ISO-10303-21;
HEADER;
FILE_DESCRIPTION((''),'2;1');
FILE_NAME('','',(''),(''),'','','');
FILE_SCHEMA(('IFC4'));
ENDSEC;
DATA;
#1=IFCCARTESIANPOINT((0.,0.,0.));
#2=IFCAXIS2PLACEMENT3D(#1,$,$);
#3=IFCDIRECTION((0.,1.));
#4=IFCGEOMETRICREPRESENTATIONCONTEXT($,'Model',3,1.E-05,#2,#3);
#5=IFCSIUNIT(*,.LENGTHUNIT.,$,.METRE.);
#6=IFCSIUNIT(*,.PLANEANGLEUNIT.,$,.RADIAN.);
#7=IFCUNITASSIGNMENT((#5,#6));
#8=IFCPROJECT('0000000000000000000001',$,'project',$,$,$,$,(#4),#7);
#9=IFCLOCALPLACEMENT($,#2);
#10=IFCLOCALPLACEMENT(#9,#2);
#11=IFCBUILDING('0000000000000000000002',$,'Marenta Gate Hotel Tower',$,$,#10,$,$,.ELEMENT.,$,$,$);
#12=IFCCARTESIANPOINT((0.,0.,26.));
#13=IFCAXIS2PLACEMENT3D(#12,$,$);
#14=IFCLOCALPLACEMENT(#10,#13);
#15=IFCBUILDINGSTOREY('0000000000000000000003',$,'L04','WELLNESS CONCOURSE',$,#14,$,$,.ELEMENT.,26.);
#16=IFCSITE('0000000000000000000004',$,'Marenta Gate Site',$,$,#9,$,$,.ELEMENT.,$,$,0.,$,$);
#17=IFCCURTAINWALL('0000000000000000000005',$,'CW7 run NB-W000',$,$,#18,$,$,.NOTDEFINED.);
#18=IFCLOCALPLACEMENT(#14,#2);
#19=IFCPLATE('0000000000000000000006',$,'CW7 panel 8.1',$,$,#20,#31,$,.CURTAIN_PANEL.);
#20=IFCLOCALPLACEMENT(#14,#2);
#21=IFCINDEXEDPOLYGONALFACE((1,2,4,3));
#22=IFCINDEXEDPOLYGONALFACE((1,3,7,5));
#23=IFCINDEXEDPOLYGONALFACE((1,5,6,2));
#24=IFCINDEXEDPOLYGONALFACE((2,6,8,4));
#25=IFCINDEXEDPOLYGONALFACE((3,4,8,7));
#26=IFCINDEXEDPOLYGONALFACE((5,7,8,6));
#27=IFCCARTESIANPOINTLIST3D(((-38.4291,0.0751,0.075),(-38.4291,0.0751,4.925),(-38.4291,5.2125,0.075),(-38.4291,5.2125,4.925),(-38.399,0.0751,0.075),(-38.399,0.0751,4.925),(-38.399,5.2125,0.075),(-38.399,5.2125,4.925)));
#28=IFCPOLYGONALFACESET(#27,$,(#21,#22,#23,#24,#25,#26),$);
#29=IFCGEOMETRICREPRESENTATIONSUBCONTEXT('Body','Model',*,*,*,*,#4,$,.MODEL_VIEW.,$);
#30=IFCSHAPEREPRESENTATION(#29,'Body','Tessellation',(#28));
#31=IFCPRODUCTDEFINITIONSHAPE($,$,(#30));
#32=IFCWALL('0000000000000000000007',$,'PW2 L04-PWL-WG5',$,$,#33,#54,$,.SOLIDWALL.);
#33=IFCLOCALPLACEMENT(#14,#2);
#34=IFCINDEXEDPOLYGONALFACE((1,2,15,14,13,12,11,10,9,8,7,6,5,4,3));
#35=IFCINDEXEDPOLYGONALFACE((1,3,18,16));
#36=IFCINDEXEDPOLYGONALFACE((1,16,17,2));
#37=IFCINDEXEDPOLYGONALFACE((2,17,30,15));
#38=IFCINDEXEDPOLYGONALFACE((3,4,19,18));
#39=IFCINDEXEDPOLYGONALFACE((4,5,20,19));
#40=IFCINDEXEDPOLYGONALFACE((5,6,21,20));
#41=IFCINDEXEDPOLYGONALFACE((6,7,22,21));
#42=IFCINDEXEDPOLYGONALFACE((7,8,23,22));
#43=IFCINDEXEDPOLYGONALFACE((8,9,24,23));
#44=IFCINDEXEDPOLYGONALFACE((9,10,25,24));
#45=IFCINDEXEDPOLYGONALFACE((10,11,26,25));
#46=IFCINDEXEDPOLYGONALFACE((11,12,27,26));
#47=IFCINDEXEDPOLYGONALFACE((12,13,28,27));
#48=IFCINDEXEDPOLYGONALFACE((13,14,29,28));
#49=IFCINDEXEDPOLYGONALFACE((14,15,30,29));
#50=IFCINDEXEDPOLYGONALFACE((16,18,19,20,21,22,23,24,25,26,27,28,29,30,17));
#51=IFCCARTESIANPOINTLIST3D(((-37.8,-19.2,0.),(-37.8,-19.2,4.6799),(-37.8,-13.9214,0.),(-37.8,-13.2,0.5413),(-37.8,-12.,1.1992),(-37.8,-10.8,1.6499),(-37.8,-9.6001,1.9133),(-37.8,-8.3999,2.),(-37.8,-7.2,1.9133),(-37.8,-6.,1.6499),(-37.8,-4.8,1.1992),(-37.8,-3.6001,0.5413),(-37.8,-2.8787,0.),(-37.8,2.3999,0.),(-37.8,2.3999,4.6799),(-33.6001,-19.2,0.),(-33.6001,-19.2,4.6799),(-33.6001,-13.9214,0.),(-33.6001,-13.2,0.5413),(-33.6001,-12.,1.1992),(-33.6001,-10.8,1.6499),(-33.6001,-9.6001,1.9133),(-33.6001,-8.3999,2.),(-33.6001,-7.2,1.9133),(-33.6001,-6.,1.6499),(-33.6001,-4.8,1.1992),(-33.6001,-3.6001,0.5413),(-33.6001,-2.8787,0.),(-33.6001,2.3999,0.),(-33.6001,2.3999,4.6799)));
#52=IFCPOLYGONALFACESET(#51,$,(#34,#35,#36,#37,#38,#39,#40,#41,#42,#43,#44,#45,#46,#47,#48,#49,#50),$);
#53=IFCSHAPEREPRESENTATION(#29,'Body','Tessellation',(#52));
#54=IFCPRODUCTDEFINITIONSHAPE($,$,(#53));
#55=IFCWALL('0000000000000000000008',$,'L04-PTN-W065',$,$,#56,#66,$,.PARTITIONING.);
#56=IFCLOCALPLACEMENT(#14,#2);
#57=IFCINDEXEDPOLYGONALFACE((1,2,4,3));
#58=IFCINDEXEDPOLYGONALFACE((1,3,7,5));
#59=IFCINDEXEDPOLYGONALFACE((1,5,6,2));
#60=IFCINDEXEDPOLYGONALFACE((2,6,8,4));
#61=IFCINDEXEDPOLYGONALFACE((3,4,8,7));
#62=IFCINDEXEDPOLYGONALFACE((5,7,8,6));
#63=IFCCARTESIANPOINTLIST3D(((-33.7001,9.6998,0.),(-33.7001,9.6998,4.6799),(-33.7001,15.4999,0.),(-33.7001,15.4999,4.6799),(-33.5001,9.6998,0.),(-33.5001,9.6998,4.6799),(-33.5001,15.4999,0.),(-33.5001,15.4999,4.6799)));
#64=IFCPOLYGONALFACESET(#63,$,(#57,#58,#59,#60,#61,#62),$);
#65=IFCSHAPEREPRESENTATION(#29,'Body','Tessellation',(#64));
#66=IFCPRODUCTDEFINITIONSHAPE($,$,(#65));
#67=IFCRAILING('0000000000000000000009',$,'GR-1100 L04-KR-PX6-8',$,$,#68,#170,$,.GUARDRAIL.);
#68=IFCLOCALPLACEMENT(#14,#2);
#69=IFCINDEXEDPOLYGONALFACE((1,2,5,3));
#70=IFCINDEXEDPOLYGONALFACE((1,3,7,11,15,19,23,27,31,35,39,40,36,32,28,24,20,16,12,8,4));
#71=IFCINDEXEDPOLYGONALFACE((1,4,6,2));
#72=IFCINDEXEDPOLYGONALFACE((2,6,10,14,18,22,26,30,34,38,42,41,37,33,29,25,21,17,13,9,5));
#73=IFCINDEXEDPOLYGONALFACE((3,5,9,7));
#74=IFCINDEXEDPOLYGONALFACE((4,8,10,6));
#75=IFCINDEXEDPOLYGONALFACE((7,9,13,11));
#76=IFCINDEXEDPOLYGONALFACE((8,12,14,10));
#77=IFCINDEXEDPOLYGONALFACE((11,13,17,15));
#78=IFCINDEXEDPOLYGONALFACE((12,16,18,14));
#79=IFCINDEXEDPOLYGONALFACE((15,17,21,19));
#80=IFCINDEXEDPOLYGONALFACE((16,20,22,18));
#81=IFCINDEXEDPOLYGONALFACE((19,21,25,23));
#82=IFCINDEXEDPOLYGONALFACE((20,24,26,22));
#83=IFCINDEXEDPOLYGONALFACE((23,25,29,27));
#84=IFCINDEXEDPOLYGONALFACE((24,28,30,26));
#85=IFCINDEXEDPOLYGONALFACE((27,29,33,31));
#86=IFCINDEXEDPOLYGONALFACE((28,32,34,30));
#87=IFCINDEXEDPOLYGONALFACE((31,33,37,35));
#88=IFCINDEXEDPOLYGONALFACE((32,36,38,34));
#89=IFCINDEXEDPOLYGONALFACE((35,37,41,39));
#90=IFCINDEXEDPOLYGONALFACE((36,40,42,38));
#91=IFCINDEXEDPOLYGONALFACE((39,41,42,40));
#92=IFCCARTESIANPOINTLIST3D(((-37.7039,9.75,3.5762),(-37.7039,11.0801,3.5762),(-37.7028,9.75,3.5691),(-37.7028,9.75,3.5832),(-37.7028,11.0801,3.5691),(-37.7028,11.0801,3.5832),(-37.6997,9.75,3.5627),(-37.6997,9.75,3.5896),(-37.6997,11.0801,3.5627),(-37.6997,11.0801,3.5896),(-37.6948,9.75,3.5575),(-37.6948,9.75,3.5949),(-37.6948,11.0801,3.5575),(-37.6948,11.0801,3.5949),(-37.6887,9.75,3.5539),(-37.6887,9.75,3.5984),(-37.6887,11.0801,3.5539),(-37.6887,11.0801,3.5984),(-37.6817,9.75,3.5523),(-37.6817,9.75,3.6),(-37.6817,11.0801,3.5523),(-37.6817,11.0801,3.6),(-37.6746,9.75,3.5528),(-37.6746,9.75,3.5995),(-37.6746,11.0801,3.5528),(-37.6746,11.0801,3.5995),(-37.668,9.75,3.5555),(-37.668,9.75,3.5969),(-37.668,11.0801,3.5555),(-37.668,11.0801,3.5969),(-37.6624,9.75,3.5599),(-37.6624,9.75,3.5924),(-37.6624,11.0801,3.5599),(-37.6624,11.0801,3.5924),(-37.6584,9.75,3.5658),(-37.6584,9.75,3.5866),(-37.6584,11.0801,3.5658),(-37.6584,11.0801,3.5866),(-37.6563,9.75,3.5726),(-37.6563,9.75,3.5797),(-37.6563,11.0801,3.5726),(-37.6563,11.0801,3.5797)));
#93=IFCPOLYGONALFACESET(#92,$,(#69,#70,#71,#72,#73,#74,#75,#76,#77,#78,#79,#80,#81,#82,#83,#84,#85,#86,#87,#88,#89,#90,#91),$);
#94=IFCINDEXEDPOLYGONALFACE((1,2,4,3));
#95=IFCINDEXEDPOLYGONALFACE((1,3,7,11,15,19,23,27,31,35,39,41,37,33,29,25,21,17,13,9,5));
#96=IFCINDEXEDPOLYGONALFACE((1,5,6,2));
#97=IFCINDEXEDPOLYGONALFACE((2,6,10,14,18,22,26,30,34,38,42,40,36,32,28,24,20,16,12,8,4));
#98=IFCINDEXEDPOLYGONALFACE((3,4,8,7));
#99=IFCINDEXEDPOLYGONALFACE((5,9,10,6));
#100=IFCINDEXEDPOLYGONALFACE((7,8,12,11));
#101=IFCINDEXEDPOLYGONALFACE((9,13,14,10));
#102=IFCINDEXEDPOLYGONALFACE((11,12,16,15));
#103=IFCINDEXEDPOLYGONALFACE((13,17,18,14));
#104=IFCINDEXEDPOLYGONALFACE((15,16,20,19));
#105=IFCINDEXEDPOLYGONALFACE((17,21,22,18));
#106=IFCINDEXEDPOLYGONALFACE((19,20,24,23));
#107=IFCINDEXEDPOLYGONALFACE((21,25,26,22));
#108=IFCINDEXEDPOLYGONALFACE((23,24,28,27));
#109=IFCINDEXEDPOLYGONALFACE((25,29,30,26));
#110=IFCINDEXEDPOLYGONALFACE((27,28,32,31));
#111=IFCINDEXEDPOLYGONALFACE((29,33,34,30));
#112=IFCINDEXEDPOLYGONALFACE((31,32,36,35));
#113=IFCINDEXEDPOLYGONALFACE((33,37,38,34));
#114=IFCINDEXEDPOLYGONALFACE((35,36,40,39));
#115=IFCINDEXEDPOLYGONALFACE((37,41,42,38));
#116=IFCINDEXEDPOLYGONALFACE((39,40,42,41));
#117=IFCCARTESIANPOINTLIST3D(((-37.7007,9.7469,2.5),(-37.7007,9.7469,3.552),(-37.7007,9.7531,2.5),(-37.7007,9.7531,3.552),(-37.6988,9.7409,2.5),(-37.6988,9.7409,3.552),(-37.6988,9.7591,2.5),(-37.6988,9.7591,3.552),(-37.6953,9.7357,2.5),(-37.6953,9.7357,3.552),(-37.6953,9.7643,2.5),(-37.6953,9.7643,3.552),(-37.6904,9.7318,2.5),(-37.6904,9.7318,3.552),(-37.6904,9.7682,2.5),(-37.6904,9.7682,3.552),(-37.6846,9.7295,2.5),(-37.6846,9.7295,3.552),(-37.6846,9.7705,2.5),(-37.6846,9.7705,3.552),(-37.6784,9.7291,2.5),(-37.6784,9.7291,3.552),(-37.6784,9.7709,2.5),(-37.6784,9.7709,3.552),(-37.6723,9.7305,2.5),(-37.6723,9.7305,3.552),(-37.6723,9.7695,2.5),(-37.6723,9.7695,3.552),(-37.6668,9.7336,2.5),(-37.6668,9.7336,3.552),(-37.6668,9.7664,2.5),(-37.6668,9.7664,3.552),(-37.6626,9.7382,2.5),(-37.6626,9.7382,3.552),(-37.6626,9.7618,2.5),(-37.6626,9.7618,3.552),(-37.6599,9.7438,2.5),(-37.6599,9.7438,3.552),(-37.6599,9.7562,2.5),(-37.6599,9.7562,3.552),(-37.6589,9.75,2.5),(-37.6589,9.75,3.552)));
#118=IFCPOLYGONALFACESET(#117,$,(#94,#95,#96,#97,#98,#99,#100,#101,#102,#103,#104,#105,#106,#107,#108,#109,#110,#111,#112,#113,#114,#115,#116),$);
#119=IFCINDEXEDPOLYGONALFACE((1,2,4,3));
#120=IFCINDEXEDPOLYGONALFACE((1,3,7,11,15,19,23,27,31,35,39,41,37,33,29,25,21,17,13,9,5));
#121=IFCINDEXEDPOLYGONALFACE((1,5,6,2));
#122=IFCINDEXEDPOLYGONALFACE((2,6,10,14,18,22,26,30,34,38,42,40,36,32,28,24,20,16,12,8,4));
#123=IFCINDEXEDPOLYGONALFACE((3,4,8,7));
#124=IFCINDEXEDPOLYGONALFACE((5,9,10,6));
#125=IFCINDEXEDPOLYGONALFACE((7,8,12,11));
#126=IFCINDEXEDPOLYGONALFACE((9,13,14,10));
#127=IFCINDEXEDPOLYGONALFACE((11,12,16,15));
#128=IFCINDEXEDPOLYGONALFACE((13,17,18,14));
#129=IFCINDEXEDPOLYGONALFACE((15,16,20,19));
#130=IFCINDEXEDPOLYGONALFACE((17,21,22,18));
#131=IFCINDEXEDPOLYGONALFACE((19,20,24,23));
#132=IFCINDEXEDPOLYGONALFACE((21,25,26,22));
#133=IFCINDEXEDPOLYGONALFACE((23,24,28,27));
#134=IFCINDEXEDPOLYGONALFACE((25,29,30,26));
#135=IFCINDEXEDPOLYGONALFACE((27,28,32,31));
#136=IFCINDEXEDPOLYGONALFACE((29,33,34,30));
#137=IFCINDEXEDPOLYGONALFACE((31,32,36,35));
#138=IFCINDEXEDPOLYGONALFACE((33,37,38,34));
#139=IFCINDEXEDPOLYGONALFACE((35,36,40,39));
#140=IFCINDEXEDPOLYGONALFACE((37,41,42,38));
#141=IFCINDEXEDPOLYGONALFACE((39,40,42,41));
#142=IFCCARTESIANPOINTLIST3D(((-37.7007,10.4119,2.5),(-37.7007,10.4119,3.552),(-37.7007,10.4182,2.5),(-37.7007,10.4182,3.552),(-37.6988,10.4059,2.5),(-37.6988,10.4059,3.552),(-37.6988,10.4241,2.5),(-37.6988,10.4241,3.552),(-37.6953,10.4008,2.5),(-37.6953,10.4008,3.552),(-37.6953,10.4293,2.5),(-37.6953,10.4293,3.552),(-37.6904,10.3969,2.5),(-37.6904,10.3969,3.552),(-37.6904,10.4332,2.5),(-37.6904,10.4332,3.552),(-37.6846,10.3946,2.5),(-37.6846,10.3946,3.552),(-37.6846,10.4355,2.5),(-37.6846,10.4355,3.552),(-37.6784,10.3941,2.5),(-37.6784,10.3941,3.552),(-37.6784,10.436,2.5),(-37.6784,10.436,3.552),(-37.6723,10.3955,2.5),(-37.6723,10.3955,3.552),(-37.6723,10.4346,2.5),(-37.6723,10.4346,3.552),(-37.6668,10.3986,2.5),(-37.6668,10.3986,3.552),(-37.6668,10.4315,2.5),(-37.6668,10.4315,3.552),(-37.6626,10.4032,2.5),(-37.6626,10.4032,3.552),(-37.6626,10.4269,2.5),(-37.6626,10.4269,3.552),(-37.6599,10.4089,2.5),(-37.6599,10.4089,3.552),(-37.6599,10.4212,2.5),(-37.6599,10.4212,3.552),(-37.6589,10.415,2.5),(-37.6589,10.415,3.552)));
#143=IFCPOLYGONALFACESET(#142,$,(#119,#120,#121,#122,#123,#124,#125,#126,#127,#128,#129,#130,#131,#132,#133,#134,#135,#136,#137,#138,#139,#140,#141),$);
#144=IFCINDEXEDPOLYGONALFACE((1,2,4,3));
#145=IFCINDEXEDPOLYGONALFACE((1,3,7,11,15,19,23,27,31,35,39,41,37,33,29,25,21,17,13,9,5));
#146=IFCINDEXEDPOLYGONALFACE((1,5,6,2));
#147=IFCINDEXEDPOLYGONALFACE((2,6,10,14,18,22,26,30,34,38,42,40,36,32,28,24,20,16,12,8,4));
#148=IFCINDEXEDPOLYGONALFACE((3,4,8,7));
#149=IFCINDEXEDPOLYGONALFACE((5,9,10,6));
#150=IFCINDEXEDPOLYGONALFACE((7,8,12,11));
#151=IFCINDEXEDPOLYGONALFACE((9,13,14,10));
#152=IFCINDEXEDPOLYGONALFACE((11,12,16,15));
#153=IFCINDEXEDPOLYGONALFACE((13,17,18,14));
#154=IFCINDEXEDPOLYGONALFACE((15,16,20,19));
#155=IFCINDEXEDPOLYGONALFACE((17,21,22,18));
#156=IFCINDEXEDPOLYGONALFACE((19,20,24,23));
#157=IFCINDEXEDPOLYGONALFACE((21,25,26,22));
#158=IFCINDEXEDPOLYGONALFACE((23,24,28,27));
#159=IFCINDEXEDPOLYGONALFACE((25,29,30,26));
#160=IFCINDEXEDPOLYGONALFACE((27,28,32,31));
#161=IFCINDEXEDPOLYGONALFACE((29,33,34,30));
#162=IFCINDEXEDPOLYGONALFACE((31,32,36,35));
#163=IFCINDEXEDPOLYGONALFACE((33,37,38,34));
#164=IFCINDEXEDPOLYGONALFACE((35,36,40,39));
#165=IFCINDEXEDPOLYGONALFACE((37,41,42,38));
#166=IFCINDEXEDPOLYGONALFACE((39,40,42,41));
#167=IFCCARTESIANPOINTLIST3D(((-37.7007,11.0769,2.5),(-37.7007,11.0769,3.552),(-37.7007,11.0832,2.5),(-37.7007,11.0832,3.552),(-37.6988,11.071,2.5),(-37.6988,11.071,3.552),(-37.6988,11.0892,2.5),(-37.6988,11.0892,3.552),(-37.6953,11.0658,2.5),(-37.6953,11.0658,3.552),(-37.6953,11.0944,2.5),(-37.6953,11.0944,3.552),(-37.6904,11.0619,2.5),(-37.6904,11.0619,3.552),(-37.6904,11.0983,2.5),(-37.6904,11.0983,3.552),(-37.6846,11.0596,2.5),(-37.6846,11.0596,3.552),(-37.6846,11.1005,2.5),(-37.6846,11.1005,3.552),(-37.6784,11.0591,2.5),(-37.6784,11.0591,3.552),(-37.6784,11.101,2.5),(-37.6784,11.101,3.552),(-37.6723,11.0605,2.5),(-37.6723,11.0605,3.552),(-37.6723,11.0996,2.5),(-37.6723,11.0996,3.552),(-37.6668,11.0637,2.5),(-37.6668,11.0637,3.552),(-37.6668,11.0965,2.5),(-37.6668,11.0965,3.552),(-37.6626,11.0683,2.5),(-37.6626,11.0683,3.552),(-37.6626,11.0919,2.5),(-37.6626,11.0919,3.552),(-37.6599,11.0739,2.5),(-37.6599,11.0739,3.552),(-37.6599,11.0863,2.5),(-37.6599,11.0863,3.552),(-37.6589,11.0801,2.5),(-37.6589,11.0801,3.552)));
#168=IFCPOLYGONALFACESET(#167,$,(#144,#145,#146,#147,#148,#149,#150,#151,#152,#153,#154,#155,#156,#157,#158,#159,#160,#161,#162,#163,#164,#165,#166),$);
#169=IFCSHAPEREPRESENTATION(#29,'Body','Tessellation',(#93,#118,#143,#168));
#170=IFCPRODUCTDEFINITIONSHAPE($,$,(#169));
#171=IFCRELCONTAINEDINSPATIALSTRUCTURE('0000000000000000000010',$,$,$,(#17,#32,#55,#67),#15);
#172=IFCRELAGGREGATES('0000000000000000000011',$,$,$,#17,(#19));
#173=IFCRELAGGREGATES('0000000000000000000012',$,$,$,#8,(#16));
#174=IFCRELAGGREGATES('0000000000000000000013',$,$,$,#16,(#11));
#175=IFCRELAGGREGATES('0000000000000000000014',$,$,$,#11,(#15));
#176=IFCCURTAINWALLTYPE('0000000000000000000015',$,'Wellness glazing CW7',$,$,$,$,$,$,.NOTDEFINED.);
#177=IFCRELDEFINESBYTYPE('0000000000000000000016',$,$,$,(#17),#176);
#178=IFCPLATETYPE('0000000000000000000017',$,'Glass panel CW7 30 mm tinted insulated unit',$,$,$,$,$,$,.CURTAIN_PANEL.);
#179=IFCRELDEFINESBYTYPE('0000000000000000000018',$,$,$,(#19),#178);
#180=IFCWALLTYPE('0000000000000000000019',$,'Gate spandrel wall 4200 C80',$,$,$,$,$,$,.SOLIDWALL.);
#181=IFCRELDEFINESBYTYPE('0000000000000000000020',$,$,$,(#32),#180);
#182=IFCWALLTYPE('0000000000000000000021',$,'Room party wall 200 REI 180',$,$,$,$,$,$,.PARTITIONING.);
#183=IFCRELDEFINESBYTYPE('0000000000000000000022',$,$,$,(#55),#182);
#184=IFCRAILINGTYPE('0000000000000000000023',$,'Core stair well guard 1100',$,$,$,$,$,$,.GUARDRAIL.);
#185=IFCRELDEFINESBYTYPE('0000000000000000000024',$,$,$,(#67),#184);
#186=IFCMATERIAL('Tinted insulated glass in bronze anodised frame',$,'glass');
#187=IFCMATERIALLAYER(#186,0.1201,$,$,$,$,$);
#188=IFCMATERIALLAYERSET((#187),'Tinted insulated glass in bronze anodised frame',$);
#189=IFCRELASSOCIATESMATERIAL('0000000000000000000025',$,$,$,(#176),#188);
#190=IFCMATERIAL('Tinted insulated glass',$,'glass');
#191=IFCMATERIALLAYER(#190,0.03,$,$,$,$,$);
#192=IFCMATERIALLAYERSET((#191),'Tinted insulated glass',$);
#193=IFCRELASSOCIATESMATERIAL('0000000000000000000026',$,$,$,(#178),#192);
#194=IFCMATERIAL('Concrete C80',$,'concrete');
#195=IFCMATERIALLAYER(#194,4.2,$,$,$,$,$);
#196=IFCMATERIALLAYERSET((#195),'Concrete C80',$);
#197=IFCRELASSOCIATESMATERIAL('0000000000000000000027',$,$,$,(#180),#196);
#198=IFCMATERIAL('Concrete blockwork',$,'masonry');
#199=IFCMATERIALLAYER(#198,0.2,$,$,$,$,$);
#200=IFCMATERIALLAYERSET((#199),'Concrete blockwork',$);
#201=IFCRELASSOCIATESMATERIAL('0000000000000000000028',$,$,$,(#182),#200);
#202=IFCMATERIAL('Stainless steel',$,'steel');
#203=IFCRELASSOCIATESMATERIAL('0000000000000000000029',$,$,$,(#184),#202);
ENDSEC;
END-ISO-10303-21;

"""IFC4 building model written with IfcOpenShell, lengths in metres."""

from ifc_helpers import new_model, si_unit, direction, frame, frame_2d, origin, origin_2d, place, context, subcontext, project, spatial, polyline, rectangle, circle, outline, extrude, material, layer, layer_set, type_object, element, aggregate, save


model = new_model("IFC4")

# Units and contexts
model_context = context("Model", 3, precision=1e-05, world=origin(), true_north=direction((0.0, 1.0)))
body_context = subcontext(model_context, "Body", "Model", "MODEL_VIEW")
ifc_project = project(units=[si_unit("LENGTHUNIT", "METRE"), si_unit("PLANEANGLEUNIT", "RADIAN")], contexts=[model_context])

# Site, building, storey
site_placement = place(None, origin())
site = spatial("IfcSite", under=ifc_project, at=site_placement, Name="Marenta Gate Site", CompositionType="ELEMENT", RefElevation=0.0)
building_placement = place(site_placement, origin())
building = spatial("IfcBuilding", under=site, at=building_placement, Name="Marenta Gate Hotel Tower", CompositionType="ELEMENT")
storey_placement = place(building_placement, frame((0.0, 0.0, 26.0)))
storey = spatial("IfcBuildingStorey", under=building, at=storey_placement, Name="L04", Description="WELLNESS CONCOURSE", CompositionType="ELEMENT", Elevation=26.0)

# Shared definitions
ifc_material_1 = material(Name="Tinted insulated glass in bronze anodised frame", Category="glass")
ifc_layer_1 = layer(ifc_material_1, 0.1201)
ifc_layer_set_1 = layer_set([ifc_layer_1], Name="Tinted insulated glass in bronze anodised frame")
curtain_wall_type = type_object("IfcCurtainWallType", Name="Wellness glazing CW7", PredefinedType="NOTDEFINED", material=ifc_layer_set_1)

# Curtain wall
curtain_wall_1_placement = place(storey_placement, origin())
curtain_wall_1 = element("IfcCurtainWall", 1, at=curtain_wall_1_placement, inside=storey, type_object=curtain_wall_type, Name="CW7 run NB-W000", PredefinedType="NOTDEFINED")

# Plate
ifc_material_2 = material(Name="Tinted insulated glass", Category="glass")
ifc_layer_2 = layer(ifc_material_2, 0.03)
ifc_layer_set_2 = layer_set([ifc_layer_2], Name="Tinted insulated glass")
plate_type = type_object("IfcPlateType", Name="Glass panel CW7 30 mm tinted insulated unit", PredefinedType="CURTAIN_PANEL", material=ifc_layer_set_2)
plate_1_placement = place(storey_placement, frame((-38.4141, 2.6438, 0.075), z_axis=(0.0, 0.0, 1.0), x_axis=(0.0, -1.0, 0.0)))
plate_1 = element("IfcPlate", 2, at=plate_1_placement, type_object=plate_type, Name="CW7 panel 8.1", PredefinedType="CURTAIN_PANEL", context=body_context, shape_type="SweptSolid", body=[
    extrude(rectangle(XDim=5.1375, YDim=0.03, at=origin_2d()), origin(), (0.0, 0.0, 1.0), 4.8501),
])
aggregate(curtain_wall_1, [plate_1])

# Wall
ifc_material_3 = material(Name="Concrete C80", Category="concrete")
ifc_layer_3 = layer(ifc_material_3, 4.2)
ifc_layer_set_3 = layer_set([ifc_layer_3], Name="Concrete C80")
wall_type_1 = type_object("IfcWallType", Name="Gate spandrel wall 4200 C80", PredefinedType="SOLIDWALL", material=ifc_layer_set_3)
wall_1_placement = place(storey_placement, frame((-37.8, 2.3999, 0.0), z_axis=(-1.0, 0.0, 0.0), x_axis=(0.0, -1.0, 0.0)))
element("IfcWall", 3, at=wall_1_placement, inside=storey, type_object=wall_type_1, Name="PW2 L04-PWL-WG5", PredefinedType="SOLIDWALL", context=body_context, shape_type="SweptSolid", body=[
    extrude(outline(polyline([(0.0, 0.0), (5.2786, 0.0), (6.0, 0.5413), (7.2, 1.1992), (8.3999, 1.6499), (9.5999, 1.9133), (10.7998, 2.0), (12.0, 1.9133), (13.2, 1.6499), (14.3999, 1.1992), (15.5999, 0.5413), (16.3213, 0.0), (21.5999, 0.0), (21.5999, 4.6799), (0.0, 4.6799), (0.0, 0.0)])), origin(), (0.0, 0.0, -1.0), 4.2),
])

# Wall
ifc_material_4 = material(Name="Concrete blockwork", Category="masonry")
ifc_layer_4 = layer(ifc_material_4, 0.2)
ifc_layer_set_4 = layer_set([ifc_layer_4], Name="Concrete blockwork")
wall_type_2 = type_object("IfcWallType", Name="Room party wall 200 REI 180", PredefinedType="PARTITIONING", material=ifc_layer_set_4)
wall_2_placement = place(storey_placement, frame((-33.6001, 9.7, 0.0), z_axis=(0.0, 0.0, 1.0), x_axis=(0.0, 1.0, 0.0)))
element("IfcWall", 4, at=wall_2_placement, inside=storey, type_object=wall_type_2, Name="L04-PTN-W065", PredefinedType="PARTITIONING", context=body_context, shape_type="SweptSolid", body=[
    extrude(rectangle(XDim=5.8, YDim=0.2, at=frame_2d((2.8999, 0.0))), origin(), (0.0, 0.0, 1.0), 4.6799),
])

# Railing
ifc_material_5 = material(Name="Stainless steel", Category="steel")
railing_type_1 = type_object("IfcRailingType", Name="Core stair well guard 1100", PredefinedType="GUARDRAIL", material=ifc_material_5)
railing_1_placement = place(storey_placement, frame((-37.6799, 9.75, 2.5)))
element("IfcRailing", 5, at=railing_1_placement, inside=storey, type_object=railing_type_1, Name="GR-1100 L04-KR-PX6-8", PredefinedType="GUARDRAIL", context=body_context, shape_type="SweptSolid", body=[
    extrude(circle(Radius=0.0239, at=origin_2d()), frame((0.0, 0.0, 1.0762), z_axis=(0.0, 1.0, 0.0), x_axis=(-1.0, 0.0, 0.0)), (0.0, 0.0, 1.0), 1.3301),
    extrude(circle(Radius=0.021, at=origin_2d()), origin(), (0.0, 0.0, 1.0), 1.052),
    extrude(circle(Radius=0.021, at=origin_2d()), frame((0.0, 0.665, 0.0)), (0.0, 0.0, 1.0), 1.052),
    extrude(circle(Radius=0.021, at=origin_2d()), frame((0.0, 1.3301, 0.0)), (0.0, 0.0, 1.0), 1.052),
])

save(model, "model.ifc")
